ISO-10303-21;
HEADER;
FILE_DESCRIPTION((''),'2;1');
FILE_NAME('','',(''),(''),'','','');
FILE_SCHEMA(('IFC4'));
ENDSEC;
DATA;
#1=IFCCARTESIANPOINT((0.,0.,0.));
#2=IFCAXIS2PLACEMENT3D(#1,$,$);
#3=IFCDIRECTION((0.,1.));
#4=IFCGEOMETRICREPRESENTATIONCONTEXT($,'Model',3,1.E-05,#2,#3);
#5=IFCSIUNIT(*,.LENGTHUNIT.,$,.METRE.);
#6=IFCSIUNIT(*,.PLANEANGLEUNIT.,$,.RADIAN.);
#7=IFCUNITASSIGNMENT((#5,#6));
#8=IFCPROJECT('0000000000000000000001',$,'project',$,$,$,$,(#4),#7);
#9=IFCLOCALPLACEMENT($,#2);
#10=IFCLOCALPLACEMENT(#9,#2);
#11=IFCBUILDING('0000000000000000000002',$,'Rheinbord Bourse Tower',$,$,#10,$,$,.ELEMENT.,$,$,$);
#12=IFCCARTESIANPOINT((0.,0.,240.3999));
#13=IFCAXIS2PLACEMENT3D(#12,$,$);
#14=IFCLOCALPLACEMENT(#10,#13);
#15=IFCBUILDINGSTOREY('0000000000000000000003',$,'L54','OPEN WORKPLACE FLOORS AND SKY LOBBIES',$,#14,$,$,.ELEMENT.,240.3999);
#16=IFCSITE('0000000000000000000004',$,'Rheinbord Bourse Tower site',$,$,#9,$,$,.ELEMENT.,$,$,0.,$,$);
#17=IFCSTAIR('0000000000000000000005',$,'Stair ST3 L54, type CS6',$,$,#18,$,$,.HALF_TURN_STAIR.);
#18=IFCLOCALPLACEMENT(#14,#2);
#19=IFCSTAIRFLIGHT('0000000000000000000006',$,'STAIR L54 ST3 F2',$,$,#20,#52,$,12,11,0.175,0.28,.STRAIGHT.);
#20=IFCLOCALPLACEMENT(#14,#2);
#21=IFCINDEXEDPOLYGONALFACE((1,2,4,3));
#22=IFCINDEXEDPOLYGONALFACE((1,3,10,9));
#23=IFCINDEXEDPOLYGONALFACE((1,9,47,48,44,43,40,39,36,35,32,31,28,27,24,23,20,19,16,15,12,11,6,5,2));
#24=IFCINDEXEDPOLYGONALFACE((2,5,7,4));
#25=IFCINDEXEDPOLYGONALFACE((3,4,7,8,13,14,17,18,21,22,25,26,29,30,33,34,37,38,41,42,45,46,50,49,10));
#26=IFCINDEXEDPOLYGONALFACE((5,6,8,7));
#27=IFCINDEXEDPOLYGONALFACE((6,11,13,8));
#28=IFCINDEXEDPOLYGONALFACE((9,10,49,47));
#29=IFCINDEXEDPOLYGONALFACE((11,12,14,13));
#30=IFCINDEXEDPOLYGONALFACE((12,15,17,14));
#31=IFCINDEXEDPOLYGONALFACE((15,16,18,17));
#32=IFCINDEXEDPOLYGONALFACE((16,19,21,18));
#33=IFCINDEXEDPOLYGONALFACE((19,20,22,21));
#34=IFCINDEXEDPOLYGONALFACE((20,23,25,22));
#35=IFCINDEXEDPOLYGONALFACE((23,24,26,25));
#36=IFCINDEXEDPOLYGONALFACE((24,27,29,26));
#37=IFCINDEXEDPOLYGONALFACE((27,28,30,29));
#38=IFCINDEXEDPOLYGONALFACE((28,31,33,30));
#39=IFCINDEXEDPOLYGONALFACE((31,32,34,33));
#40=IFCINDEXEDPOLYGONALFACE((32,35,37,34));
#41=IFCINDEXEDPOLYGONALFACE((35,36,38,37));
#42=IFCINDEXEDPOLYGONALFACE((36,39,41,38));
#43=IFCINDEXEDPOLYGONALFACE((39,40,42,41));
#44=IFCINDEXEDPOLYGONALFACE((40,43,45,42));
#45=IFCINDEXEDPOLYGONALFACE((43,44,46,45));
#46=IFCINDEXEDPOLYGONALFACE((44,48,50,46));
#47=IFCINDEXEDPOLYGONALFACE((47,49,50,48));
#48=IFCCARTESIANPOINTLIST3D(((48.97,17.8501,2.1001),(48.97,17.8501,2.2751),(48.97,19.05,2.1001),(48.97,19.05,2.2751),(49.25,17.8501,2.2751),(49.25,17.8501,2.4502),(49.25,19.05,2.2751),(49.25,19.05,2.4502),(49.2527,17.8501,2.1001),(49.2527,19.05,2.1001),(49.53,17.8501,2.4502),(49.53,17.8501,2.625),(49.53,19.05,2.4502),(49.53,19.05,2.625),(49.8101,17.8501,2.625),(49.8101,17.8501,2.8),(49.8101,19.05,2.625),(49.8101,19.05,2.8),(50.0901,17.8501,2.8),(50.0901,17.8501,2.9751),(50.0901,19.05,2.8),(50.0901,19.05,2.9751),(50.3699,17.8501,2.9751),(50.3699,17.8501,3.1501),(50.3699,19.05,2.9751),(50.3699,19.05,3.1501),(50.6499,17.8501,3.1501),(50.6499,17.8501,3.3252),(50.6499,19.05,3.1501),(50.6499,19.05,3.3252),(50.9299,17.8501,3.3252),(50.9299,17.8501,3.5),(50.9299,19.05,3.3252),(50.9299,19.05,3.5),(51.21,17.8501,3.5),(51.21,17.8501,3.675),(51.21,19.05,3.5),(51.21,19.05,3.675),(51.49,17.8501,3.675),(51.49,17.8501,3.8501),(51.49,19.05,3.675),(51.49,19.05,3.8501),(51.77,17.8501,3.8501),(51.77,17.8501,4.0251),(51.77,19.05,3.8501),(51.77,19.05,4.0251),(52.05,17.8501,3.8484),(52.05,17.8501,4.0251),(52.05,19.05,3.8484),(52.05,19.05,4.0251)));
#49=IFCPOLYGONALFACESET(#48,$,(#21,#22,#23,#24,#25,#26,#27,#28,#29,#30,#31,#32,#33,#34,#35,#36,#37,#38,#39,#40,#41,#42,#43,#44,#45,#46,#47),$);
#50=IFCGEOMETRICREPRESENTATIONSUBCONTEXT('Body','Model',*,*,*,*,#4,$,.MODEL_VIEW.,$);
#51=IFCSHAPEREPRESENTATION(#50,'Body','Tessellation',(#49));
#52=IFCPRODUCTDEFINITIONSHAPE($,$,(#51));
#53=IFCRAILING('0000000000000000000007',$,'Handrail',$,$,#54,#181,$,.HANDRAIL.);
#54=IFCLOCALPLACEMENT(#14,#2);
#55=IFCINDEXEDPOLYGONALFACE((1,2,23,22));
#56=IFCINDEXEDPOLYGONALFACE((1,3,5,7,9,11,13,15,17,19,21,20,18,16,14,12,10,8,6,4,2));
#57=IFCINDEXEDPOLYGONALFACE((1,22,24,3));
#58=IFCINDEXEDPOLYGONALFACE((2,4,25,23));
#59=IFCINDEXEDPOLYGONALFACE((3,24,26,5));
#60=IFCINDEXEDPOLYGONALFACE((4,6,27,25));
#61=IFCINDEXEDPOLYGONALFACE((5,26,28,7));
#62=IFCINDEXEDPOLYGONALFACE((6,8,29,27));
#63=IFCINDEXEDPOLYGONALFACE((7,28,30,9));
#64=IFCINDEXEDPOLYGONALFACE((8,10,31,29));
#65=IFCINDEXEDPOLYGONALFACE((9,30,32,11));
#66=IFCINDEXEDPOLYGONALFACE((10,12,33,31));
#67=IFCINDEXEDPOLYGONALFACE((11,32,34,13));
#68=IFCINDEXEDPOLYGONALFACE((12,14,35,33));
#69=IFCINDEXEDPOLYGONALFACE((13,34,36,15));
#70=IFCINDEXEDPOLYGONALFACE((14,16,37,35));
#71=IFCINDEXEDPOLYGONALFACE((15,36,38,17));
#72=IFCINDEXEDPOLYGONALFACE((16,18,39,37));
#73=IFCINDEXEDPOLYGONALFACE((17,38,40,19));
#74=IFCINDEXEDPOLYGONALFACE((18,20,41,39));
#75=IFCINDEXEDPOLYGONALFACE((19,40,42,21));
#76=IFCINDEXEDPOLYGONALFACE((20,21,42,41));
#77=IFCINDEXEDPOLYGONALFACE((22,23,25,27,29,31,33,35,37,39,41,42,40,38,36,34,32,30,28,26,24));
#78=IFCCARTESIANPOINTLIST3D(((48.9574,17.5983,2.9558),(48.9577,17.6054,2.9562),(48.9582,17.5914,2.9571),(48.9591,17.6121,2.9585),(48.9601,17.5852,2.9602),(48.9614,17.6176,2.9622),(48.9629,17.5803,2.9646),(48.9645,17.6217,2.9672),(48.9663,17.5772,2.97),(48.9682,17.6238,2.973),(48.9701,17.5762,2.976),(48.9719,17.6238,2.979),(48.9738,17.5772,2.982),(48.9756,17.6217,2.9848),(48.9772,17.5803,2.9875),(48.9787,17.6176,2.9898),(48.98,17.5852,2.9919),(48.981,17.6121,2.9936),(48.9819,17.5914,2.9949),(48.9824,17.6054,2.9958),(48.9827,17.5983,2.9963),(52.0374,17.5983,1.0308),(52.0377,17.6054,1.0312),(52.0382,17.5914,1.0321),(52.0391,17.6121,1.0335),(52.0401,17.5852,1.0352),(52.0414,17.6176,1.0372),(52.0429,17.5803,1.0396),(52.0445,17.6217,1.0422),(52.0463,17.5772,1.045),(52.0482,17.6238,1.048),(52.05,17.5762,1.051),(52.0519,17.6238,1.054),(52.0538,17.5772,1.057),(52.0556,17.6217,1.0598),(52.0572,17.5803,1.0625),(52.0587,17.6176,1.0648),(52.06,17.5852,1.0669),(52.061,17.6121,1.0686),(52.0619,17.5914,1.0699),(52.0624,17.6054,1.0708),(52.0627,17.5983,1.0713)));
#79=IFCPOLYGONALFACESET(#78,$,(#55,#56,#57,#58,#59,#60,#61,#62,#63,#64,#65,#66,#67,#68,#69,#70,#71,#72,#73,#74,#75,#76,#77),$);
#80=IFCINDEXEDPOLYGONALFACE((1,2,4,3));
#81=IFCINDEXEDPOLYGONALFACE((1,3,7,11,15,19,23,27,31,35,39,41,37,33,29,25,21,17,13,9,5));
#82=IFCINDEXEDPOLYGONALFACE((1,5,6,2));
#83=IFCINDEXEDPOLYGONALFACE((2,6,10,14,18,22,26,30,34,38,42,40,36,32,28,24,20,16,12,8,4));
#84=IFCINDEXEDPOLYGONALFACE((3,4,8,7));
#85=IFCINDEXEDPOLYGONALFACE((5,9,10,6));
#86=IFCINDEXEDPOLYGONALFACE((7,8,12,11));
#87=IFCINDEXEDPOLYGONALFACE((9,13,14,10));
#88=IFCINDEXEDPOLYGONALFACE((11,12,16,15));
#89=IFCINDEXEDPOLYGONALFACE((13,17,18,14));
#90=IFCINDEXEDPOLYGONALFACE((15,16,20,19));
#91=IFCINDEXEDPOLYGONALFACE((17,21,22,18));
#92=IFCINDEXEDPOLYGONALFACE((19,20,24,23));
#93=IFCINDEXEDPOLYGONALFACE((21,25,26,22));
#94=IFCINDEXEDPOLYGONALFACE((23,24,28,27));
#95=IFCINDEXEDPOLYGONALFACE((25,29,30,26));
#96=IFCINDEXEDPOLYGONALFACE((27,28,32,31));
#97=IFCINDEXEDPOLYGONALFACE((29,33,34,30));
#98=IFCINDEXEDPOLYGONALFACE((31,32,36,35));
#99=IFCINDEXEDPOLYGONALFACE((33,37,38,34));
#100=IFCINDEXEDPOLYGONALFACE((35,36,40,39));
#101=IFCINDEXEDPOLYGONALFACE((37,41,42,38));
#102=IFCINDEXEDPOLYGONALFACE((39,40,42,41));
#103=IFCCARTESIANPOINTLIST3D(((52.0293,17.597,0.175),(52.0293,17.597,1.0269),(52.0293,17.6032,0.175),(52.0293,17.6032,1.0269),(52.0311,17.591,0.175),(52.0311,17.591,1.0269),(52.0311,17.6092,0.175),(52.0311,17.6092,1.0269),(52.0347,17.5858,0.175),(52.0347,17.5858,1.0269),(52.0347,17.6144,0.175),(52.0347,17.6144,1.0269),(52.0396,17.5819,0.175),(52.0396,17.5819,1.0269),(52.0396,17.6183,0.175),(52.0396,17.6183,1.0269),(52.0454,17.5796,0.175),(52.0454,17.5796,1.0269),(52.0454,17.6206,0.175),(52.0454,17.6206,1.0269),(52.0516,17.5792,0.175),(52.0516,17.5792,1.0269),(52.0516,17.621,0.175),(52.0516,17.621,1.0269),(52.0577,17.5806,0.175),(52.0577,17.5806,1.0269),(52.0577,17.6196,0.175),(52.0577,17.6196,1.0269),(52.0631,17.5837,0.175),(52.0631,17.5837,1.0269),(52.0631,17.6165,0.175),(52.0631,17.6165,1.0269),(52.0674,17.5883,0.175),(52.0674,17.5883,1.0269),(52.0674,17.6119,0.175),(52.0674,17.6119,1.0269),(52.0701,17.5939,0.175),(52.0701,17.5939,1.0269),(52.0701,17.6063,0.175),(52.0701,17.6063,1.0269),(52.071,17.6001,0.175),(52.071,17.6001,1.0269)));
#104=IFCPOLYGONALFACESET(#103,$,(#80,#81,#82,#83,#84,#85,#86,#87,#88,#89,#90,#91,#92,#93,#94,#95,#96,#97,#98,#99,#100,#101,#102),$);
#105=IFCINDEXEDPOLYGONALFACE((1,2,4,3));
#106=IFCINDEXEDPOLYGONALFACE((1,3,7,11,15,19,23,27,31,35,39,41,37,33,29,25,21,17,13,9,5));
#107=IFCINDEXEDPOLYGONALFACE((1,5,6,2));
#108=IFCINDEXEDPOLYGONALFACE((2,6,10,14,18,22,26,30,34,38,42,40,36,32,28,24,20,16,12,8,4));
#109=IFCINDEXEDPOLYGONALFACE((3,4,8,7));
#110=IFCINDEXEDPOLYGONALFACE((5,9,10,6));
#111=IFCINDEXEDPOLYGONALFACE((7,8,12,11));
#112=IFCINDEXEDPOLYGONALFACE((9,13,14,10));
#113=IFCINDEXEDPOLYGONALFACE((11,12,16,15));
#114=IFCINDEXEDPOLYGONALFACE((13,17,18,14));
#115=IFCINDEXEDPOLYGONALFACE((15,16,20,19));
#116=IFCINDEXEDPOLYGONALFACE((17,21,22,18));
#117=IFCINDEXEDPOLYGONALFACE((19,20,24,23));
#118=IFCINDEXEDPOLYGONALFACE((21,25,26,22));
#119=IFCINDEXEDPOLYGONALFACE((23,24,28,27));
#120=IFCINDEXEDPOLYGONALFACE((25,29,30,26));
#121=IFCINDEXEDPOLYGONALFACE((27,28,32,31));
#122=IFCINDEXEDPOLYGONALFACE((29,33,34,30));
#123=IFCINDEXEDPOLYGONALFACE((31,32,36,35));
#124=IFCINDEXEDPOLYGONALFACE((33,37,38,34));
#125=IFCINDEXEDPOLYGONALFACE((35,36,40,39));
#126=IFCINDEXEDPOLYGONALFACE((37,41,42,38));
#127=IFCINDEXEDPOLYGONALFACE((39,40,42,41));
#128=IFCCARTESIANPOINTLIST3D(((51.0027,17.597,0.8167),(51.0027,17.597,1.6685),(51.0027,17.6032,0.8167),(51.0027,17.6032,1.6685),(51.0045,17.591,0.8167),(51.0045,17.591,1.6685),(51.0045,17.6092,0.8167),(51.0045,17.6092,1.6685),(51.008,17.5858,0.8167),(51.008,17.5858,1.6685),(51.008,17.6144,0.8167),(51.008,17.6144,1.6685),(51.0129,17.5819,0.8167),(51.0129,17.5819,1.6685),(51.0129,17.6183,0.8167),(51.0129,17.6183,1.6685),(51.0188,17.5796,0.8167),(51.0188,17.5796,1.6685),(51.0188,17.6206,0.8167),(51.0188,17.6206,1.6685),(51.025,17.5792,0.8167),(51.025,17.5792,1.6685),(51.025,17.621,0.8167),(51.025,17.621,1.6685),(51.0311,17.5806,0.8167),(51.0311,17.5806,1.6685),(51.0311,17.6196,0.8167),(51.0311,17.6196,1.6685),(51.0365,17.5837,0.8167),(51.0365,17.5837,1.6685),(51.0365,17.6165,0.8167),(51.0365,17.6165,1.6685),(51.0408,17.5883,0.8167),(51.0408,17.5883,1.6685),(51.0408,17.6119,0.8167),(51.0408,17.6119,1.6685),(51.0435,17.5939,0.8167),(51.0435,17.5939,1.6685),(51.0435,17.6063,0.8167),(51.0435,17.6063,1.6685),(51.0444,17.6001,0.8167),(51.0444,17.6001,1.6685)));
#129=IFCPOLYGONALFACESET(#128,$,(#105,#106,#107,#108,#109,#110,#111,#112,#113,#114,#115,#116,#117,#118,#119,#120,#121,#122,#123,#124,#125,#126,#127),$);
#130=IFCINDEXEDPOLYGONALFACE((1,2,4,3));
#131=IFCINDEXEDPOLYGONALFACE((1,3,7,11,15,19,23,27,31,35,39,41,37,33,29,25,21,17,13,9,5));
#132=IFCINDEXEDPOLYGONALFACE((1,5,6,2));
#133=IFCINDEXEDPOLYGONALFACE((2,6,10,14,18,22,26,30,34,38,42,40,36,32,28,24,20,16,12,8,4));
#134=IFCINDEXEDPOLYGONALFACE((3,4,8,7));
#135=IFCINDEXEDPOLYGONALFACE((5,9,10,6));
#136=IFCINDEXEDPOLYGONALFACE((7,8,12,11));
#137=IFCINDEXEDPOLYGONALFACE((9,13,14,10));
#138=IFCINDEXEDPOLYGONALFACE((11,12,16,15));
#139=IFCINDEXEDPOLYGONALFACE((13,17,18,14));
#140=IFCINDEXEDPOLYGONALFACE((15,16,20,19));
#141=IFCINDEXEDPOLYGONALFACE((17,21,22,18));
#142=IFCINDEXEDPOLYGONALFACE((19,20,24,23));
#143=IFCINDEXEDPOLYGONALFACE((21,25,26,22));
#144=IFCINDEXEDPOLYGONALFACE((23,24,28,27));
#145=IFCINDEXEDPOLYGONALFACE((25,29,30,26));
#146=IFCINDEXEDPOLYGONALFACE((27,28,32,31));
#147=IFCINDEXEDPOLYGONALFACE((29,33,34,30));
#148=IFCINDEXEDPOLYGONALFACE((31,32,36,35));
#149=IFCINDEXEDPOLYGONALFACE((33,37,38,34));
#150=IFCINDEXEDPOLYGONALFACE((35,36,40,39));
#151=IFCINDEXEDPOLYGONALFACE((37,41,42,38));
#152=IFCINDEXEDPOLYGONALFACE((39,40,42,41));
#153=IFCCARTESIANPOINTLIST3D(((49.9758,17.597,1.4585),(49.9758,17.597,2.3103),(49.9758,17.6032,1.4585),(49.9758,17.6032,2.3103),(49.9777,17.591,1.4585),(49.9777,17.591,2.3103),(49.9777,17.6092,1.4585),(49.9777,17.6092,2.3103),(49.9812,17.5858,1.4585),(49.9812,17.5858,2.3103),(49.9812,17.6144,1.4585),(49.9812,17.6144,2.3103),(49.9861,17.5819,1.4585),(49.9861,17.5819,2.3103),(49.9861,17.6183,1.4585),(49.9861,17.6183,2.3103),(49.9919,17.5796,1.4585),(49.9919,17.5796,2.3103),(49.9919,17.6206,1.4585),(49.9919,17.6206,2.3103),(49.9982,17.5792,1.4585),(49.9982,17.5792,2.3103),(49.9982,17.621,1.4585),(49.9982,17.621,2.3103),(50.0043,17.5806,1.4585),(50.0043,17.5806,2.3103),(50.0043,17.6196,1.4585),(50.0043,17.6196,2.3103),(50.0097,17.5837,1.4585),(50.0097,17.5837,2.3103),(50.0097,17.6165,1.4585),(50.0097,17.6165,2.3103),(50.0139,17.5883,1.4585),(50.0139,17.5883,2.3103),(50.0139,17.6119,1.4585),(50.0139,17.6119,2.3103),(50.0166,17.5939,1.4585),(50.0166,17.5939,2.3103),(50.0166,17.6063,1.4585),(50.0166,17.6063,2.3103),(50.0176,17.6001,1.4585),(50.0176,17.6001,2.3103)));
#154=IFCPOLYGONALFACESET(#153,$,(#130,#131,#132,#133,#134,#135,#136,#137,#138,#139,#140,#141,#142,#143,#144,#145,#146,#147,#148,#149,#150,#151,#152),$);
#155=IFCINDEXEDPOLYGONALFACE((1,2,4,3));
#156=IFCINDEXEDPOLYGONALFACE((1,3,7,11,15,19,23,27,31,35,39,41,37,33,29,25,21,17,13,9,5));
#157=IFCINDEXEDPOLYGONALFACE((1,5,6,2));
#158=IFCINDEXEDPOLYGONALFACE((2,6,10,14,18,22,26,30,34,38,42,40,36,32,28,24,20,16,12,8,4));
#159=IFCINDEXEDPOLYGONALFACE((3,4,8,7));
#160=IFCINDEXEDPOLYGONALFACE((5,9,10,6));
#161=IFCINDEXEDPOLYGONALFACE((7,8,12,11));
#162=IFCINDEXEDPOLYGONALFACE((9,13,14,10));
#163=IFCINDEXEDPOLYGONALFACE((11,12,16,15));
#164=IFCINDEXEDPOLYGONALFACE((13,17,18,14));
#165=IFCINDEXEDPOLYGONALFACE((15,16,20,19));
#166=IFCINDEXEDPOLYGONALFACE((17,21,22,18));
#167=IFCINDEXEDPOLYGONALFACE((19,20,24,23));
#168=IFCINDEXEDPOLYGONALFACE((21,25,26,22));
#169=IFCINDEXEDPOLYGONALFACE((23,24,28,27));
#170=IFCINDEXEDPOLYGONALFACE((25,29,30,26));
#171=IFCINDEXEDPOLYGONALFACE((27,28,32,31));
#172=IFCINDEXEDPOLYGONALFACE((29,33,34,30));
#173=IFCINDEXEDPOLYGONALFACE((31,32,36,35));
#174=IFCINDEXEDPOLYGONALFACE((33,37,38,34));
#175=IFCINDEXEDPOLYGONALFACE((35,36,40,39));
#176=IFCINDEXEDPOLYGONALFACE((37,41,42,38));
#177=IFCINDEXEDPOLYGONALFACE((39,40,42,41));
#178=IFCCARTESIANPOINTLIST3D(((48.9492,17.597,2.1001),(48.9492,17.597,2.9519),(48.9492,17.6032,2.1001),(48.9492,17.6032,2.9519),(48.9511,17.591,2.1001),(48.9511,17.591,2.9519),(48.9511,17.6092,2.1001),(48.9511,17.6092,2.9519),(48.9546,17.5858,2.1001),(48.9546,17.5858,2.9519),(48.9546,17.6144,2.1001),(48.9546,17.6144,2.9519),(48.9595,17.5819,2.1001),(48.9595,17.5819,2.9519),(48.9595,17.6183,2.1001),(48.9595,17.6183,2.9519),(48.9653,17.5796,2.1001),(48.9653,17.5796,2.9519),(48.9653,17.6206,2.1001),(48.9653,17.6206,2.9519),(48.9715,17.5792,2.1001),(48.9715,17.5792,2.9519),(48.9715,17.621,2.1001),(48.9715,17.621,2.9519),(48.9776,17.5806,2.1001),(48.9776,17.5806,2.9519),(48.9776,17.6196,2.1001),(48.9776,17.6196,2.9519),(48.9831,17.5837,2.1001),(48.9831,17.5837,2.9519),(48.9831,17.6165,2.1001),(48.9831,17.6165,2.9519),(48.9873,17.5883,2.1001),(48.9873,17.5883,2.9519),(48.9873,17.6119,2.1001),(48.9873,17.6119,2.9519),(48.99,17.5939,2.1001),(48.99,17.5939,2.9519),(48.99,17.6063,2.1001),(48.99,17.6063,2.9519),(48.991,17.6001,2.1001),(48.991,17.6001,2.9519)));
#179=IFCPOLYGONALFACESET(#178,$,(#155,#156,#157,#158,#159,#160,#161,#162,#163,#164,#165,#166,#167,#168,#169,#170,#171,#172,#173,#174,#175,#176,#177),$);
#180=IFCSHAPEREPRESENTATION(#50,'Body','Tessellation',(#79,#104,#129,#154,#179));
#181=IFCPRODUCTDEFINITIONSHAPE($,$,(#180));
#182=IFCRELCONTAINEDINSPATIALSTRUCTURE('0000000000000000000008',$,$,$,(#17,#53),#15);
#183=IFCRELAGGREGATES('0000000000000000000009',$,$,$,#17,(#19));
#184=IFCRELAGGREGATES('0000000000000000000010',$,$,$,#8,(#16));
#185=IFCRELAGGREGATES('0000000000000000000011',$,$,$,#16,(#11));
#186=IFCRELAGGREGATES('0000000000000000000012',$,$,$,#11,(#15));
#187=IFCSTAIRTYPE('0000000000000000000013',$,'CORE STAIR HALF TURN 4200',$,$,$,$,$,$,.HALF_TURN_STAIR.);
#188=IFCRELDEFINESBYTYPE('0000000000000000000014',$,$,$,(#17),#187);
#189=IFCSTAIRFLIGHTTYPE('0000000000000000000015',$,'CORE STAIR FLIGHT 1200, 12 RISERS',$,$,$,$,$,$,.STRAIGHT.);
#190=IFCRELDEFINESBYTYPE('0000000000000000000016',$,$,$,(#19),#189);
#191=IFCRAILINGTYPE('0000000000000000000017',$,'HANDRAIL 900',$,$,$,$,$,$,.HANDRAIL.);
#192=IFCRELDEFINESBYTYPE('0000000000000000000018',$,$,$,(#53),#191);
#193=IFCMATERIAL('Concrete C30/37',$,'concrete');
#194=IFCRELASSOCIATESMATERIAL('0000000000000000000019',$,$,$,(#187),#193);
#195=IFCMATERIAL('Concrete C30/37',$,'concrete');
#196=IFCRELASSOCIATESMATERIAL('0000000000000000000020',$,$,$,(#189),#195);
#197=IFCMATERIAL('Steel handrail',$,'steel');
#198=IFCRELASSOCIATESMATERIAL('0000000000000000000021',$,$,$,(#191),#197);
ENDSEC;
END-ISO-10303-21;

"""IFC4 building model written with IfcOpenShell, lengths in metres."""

from ifc_helpers import new_model, si_unit, direction, frame, origin, origin_2d, place, context, subcontext, project, spatial, polyline, circle, outline, extrude, material, type_object, element, aggregate, save


model = new_model("IFC4")

# Units and contexts
model_context = context("Model", 3, precision=1e-05, world=origin(), true_north=direction((0.0, 1.0)))
body_context = subcontext(model_context, "Body", "Model", "MODEL_VIEW")
ifc_project = project(units=[si_unit("LENGTHUNIT", "METRE"), si_unit("PLANEANGLEUNIT", "RADIAN")], contexts=[model_context])

# Site, building, storey
site_placement = place(None, origin())
site = spatial("IfcSite", under=ifc_project, at=site_placement, Name="Rheinbord Bourse Tower site", CompositionType="ELEMENT", RefElevation=0.0)
building_placement = place(site_placement, origin())
building = spatial("IfcBuilding", under=site, at=building_placement, Name="Rheinbord Bourse Tower", CompositionType="ELEMENT")
storey_placement = place(building_placement, frame((0.0, 0.0, 240.3999)))
storey = spatial("IfcBuildingStorey", under=building, at=storey_placement, Name="L54", Description="OPEN WORKPLACE FLOORS AND SKY LOBBIES", CompositionType="ELEMENT", Elevation=240.3999)

# Stair, stair flight
ifc_material_1 = material(Name="Concrete C30/37", Category="concrete")
stair_type = type_object("IfcStairType", Name="CORE STAIR HALF TURN 4200", PredefinedType="HALF_TURN_STAIR", material=ifc_material_1)
stair_placement = place(storey_placement, origin())
stair = element("IfcStair", 1, at=stair_placement, inside=storey, type_object=stair_type, Name="Stair ST3 L54, type CS6", PredefinedType="HALF_TURN_STAIR")
ifc_material_2 = material(Name="Concrete C30/37", Category="concrete")
stair_flight_type = type_object("IfcStairFlightType", Name="CORE STAIR FLIGHT 1200, 12 RISERS", PredefinedType="STRAIGHT", material=ifc_material_2)
stair_flight_1_placement = place(storey_placement, frame((48.97, 18.45, 2.1001), z_axis=(0.0, 0.0, 1.0), x_axis=(1.0, 0.0, 0.0)))
stair_flight_1 = element("IfcStairFlight", 2, at=stair_flight_1_placement, type_object=stair_flight_type, Name="STAIR L54 ST3 F2", NumberOfRisers=12, NumberOfTreads=11, PredefinedType="STRAIGHT", RiserHeight=0.175, TreadLength=0.28, context=body_context, shape_type="SweptSolid", body=[
    extrude(outline(polyline([(0.0, 0.0), (0.0, 0.175), (0.28, 0.175), (0.28, 0.3501), (0.5601, 0.3501), (0.5601, 0.5249), (0.8401, 0.5249), (0.8401, 0.7), (1.1201, 0.7), (1.1201, 0.875), (1.3999, 0.875), (1.3999, 1.05), (1.6799, 1.05), (1.6799, 1.2251), (1.96, 1.2251), (1.96, 1.3999), (2.24, 1.3999), (2.24, 1.575), (2.52, 1.575), (2.52, 1.75), (2.8, 1.75), (2.8, 1.925), (3.0801, 1.925), (3.0801, 2.1001), (3.0801, 1.7483), (0.2827, 0.0), (0.0, 0.0)])), frame((0.0, 0.6001, 0.0), z_axis=(0.0, -1.0, 0.0), x_axis=(1.0, 0.0, 0.0)), (0.0, 0.0, 1.0), 1.2),
])
aggregate(stair, [stair_flight_1])

# Railing
ifc_material_3 = material(Name="Steel handrail", Category="steel")
railing_type = type_object("IfcRailingType", Name="HANDRAIL 900", PredefinedType="HANDRAIL", material=ifc_material_3)
railing_1_placement = place(storey_placement, frame((52.05, 17.6001, 0.175)))
element("IfcRailing", 3, at=railing_1_placement, inside=storey, type_object=railing_type, Name="Handrail", PredefinedType="HANDRAIL", context=body_context, shape_type="SweptSolid", body=[
    extrude(circle(Radius=0.0239, at=origin_2d()), frame((0.0, 0.0, 0.876), z_axis=(-0.847998, 0.0, 0.529999), x_axis=(0.0, -1.0, 0.0)), (0.0, 0.0, 1.0), 3.6321),
    extrude(circle(Radius=0.021, at=origin_2d()), origin(), (0.0, 0.0, 1.0), 0.8518),
    extrude(circle(Radius=0.021, at=origin_2d()), frame((-1.0266, 0.0, 0.6416)), (0.0, 0.0, 1.0), 0.8518),
    extrude(circle(Radius=0.021, at=origin_2d()), frame((-2.0535, 0.0, 1.2834)), (0.0, 0.0, 1.0), 0.8518),
    extrude(circle(Radius=0.021, at=origin_2d()), frame((-3.0801, 0.0, 1.925)), (0.0, 0.0, 1.0), 0.8518),
])

save(model, "model.ifc")
